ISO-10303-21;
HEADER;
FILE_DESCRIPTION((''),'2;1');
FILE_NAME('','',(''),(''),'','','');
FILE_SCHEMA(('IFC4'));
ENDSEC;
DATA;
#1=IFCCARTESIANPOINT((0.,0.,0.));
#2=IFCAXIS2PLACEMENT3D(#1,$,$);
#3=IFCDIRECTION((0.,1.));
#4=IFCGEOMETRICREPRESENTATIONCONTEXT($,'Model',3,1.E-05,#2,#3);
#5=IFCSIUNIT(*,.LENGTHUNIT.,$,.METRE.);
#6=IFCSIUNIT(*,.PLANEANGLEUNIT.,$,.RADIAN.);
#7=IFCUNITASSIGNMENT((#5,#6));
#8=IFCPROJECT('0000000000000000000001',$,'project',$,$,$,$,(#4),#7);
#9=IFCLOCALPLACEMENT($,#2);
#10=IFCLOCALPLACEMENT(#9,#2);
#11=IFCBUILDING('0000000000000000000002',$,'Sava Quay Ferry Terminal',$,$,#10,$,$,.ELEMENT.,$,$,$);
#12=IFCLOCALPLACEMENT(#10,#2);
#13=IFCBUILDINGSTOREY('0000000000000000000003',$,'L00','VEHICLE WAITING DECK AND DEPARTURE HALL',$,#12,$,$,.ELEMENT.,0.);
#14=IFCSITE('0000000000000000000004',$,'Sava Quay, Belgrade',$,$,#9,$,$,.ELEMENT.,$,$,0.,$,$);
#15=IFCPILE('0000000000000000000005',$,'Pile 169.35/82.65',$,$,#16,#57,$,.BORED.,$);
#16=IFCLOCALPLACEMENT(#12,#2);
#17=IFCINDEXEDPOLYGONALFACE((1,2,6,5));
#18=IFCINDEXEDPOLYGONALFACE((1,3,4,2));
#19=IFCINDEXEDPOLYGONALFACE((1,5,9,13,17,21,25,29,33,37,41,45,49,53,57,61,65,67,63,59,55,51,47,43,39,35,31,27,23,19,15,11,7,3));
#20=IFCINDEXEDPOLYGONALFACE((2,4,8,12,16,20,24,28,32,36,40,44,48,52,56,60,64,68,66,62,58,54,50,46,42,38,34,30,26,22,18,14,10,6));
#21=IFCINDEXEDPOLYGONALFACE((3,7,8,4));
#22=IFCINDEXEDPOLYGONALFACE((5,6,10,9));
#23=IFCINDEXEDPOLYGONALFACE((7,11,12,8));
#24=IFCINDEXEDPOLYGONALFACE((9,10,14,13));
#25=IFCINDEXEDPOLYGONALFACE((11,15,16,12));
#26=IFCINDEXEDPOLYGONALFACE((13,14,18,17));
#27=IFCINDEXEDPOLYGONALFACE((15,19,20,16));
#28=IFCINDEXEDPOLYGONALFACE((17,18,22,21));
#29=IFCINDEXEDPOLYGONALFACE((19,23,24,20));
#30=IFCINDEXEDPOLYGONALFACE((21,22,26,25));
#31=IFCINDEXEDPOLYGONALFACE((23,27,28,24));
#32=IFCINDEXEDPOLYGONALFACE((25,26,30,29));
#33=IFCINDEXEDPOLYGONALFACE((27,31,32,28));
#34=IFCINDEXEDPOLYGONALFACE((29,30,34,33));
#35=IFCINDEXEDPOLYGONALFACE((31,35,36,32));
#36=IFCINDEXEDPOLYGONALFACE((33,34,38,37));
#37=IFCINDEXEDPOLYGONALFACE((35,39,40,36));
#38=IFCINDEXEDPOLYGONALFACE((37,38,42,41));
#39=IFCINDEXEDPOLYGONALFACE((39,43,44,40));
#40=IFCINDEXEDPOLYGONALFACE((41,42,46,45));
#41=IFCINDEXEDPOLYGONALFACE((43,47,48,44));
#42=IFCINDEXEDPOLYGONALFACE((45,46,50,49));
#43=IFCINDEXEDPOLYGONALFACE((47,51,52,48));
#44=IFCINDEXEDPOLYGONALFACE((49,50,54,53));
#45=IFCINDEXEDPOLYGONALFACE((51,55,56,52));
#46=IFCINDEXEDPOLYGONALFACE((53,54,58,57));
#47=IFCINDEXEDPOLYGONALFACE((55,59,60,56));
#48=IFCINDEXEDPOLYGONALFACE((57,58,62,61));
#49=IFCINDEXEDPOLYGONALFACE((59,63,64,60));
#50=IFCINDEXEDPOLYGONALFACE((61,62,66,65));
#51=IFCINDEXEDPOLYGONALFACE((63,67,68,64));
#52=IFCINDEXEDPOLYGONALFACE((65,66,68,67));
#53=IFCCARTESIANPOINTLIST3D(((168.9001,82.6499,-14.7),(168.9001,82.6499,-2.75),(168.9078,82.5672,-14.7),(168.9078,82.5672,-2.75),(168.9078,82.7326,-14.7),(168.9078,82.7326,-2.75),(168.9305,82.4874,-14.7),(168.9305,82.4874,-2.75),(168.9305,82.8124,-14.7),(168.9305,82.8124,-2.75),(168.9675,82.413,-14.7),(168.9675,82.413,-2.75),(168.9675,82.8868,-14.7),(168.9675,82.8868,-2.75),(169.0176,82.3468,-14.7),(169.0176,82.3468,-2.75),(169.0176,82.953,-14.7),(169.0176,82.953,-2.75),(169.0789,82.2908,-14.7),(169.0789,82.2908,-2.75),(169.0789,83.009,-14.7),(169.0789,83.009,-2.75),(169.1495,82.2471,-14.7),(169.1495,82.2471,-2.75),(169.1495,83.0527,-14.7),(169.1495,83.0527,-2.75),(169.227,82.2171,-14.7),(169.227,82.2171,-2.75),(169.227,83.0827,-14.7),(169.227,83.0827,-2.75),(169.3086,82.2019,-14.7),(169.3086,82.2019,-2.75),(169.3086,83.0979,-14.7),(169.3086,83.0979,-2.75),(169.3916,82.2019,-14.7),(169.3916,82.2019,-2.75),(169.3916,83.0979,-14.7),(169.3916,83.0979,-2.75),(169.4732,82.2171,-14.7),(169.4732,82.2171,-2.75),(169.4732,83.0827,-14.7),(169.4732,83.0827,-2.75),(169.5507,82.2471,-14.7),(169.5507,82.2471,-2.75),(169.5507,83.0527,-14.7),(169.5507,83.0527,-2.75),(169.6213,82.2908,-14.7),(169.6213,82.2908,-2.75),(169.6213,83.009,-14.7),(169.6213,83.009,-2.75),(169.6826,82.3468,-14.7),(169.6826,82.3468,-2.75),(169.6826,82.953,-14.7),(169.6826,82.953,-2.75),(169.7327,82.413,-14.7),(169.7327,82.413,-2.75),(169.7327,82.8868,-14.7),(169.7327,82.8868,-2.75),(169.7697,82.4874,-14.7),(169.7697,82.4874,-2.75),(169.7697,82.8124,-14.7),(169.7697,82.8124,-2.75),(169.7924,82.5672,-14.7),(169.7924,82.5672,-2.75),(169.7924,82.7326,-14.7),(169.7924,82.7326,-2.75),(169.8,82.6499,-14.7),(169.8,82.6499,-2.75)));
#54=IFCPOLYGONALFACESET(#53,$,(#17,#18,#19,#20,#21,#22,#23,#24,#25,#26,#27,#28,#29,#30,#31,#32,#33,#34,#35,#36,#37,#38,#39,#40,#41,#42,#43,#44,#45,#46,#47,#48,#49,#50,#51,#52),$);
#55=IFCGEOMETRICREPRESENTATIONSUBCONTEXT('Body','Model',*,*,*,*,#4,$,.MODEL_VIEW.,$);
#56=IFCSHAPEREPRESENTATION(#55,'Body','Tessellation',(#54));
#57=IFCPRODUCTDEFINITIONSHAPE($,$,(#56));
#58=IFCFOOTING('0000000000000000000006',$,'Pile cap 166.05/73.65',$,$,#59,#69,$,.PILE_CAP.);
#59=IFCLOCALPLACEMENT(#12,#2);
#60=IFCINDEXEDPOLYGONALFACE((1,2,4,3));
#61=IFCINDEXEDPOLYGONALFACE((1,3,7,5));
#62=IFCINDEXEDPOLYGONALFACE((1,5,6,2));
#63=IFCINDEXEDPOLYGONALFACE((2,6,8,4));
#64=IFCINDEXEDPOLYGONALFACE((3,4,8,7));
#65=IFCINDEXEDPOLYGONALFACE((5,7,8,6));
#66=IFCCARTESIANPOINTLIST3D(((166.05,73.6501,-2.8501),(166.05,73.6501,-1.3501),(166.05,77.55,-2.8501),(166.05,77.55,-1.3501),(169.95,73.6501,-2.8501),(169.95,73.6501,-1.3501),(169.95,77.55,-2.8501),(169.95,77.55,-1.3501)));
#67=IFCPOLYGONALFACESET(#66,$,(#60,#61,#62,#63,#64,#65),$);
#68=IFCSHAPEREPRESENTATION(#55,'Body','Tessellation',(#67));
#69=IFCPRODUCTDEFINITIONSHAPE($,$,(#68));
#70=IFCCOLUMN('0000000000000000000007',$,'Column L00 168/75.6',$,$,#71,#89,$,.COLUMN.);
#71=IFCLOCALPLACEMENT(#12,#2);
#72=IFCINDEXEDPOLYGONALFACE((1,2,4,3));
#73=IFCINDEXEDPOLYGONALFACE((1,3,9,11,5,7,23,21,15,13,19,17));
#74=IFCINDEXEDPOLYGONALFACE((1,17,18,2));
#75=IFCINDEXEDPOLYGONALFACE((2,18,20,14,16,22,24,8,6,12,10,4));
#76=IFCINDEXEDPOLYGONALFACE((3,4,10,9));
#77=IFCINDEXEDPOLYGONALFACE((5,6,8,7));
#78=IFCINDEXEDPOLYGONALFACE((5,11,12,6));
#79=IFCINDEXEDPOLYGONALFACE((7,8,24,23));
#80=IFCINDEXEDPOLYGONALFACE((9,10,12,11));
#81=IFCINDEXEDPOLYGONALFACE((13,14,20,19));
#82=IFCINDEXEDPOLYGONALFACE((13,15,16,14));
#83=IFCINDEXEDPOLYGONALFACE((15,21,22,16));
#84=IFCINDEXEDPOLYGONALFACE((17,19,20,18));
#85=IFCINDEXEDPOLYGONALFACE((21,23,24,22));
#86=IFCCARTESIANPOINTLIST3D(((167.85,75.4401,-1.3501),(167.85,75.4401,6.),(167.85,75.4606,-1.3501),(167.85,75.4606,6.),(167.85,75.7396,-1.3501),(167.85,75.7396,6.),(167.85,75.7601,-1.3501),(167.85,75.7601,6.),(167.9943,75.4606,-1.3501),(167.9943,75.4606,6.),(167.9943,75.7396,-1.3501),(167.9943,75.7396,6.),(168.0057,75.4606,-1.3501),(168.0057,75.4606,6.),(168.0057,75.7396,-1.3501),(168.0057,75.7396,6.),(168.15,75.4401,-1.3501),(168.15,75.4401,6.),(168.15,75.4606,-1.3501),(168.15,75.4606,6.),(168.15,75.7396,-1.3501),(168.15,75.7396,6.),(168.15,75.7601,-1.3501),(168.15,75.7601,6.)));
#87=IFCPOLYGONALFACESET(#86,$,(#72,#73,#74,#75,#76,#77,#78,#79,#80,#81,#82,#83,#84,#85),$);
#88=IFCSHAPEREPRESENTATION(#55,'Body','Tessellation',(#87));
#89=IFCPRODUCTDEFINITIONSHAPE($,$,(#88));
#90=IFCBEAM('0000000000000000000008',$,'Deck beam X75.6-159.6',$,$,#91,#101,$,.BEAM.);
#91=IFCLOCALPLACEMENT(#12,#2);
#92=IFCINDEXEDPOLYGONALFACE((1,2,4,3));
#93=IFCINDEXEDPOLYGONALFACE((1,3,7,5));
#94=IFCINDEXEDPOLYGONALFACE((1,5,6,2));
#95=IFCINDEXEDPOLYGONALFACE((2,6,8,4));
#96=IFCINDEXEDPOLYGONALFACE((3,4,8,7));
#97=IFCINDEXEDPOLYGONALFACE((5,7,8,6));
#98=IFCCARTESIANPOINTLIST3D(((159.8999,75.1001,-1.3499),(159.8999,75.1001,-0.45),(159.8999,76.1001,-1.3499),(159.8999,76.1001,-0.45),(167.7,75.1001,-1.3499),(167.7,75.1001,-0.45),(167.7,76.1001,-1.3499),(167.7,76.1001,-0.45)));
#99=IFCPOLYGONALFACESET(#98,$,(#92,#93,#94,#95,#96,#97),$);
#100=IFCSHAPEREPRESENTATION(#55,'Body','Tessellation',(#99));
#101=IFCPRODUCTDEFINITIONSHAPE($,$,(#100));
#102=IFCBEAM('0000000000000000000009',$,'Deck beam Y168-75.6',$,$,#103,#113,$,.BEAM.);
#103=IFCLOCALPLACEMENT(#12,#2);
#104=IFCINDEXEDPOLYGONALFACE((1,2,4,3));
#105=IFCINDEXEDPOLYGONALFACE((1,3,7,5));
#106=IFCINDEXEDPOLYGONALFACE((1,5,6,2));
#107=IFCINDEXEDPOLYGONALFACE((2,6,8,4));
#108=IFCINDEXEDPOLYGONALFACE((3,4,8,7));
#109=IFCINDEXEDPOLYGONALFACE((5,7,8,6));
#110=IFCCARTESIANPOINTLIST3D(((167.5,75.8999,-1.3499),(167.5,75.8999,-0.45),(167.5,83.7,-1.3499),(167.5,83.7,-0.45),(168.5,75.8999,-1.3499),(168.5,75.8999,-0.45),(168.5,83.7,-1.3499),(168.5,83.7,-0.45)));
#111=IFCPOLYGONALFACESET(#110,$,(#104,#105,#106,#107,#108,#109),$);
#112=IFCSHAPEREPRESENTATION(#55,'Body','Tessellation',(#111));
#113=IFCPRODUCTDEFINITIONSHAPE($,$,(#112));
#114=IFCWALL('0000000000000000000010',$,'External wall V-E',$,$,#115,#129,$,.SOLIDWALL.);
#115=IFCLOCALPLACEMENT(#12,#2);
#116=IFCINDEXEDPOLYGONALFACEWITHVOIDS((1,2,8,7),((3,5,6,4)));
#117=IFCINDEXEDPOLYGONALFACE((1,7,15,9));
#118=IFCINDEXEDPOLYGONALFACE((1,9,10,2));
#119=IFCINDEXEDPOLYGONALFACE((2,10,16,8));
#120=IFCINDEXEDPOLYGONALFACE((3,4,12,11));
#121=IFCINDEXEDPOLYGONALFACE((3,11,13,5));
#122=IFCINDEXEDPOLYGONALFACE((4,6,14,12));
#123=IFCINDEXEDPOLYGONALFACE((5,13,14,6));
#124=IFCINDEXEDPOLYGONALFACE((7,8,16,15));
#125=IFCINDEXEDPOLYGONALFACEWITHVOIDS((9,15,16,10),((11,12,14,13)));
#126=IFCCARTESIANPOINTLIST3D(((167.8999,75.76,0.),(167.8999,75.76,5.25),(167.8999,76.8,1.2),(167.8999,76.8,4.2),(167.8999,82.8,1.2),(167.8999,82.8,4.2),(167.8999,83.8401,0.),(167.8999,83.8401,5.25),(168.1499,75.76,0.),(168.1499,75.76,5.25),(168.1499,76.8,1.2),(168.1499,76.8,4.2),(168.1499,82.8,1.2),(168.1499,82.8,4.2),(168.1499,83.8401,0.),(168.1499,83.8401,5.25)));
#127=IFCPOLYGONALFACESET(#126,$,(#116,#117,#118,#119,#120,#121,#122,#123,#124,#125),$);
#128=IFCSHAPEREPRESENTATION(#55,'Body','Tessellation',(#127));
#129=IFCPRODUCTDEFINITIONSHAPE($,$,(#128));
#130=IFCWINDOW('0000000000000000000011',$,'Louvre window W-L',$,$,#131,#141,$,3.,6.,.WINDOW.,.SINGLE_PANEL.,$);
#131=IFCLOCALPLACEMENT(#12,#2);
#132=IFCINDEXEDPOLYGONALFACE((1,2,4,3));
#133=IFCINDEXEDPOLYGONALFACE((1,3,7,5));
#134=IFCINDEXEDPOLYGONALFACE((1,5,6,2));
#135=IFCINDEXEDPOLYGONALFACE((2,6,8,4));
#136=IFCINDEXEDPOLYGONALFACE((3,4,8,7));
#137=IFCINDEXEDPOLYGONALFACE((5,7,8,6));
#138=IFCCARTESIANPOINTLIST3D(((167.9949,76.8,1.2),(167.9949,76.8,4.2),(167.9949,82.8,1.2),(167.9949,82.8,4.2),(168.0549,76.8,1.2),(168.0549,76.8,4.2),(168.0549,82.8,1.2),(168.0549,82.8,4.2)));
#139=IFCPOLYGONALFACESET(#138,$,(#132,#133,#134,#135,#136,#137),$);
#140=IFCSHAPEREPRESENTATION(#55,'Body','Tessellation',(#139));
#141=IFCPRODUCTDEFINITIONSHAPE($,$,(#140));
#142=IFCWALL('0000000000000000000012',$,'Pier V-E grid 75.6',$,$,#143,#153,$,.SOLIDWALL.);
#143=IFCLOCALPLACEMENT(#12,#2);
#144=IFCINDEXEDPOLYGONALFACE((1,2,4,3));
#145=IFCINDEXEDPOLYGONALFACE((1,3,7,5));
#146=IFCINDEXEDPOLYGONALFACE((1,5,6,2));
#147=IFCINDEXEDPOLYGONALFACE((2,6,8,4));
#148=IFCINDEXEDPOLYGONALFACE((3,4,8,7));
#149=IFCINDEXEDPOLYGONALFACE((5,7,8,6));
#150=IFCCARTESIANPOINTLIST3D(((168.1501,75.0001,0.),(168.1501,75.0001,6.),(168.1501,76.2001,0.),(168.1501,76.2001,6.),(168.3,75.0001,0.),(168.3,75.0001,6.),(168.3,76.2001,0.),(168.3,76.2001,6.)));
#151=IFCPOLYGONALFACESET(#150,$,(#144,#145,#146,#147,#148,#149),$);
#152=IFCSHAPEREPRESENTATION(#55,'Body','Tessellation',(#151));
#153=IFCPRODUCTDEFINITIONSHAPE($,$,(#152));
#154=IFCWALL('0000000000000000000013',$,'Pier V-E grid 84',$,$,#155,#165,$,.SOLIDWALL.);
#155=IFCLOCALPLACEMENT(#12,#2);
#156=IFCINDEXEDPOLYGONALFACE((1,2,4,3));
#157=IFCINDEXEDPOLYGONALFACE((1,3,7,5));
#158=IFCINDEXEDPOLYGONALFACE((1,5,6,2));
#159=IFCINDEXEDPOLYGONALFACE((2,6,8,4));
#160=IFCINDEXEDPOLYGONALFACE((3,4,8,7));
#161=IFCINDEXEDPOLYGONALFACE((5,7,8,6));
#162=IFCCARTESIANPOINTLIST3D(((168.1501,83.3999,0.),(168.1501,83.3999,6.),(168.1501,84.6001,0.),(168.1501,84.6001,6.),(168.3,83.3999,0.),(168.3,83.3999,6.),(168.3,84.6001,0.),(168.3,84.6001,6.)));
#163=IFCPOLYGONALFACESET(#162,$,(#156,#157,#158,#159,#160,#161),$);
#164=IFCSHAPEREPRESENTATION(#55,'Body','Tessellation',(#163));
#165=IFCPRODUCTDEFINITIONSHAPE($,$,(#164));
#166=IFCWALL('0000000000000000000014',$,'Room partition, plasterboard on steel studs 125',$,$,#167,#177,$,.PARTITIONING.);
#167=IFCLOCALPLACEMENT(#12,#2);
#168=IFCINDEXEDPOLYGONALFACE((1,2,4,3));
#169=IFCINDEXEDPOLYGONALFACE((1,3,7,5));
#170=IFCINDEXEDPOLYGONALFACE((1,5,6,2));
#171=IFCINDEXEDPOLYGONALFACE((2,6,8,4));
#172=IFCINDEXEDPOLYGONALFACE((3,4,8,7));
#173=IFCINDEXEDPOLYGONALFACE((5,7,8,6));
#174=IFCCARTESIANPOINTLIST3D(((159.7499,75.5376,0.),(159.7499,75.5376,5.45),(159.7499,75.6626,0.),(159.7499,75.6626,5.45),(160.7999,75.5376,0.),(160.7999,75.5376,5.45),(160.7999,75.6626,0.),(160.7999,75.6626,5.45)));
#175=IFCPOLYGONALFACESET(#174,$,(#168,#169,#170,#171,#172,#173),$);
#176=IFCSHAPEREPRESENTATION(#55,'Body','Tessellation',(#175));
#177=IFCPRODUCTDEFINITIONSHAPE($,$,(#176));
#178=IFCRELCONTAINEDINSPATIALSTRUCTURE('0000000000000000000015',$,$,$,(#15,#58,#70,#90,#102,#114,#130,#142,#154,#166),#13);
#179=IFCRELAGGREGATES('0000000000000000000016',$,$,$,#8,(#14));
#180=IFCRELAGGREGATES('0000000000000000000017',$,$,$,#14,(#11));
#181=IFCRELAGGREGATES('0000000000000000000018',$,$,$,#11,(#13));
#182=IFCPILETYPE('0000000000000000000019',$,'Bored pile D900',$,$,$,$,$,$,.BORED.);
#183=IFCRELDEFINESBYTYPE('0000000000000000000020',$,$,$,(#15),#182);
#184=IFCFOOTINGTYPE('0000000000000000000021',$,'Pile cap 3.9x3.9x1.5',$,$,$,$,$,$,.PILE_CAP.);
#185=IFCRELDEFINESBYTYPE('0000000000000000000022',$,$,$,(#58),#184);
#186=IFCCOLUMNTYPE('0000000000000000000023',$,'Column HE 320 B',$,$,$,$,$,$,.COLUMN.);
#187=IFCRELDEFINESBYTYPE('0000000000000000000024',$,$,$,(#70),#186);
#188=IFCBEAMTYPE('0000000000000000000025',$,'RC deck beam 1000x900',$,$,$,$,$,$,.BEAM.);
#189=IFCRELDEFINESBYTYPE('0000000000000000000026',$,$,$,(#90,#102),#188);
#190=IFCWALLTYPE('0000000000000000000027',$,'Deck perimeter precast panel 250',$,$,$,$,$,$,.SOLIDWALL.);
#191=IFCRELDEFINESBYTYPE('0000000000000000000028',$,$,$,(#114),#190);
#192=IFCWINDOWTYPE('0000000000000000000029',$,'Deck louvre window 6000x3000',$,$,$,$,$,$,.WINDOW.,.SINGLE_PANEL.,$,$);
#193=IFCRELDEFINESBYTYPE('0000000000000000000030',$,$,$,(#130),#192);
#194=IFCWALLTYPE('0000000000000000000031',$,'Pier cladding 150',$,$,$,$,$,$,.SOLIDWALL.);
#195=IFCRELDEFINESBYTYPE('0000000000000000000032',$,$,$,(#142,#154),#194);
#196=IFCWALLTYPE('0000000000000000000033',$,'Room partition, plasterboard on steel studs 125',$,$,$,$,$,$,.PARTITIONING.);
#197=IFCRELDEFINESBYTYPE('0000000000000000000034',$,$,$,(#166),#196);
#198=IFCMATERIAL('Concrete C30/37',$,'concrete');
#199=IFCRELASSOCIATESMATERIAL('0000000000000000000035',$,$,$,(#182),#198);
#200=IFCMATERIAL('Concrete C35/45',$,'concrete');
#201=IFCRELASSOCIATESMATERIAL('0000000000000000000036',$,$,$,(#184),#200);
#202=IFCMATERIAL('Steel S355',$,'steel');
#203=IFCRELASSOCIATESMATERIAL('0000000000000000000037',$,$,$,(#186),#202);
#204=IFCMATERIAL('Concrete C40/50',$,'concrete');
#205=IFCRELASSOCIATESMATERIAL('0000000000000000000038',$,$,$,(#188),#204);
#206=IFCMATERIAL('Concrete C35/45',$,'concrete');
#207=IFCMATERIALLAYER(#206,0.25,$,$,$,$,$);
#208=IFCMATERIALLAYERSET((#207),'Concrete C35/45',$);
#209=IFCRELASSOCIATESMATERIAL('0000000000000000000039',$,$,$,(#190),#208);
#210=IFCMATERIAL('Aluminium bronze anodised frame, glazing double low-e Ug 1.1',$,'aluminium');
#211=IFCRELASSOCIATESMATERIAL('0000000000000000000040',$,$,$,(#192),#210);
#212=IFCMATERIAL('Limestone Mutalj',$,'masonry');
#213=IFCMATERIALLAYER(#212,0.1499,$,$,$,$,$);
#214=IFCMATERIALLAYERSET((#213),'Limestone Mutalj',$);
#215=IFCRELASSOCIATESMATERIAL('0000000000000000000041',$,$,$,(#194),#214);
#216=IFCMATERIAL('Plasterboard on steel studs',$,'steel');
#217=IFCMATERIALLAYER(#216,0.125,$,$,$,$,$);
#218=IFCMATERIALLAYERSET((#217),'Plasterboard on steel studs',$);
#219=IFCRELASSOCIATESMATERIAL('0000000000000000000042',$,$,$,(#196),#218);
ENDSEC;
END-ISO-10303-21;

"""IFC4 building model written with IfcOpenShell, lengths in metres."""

from ifc_helpers import new_model, si_unit, direction, frame, frame_2d, origin, origin_2d, place, context, subcontext, project, spatial, rectangle, circle, i_section, extrude, material, layer, layer_set, material_profile, profile_set, type_object, element, fill, save


model = new_model("IFC4")

# Units and contexts
model_context = context("Model", 3, precision=1e-05, world=origin(), true_north=direction((0.0, 1.0)))
body_context = subcontext(model_context, "Body", "Model", "MODEL_VIEW")
ifc_project = project(units=[si_unit("LENGTHUNIT", "METRE"), si_unit("PLANEANGLEUNIT", "RADIAN")], contexts=[model_context])

# Site, building, storey
site_placement = place(None, origin())
site = spatial("IfcSite", under=ifc_project, at=site_placement, Name="Sava Quay, Belgrade", CompositionType="ELEMENT", RefElevation=0.0)
building_placement = place(site_placement, origin())
building = spatial("IfcBuilding", under=site, at=building_placement, Name="Sava Quay Ferry Terminal", CompositionType="ELEMENT")
storey_placement = place(building_placement, origin())
storey = spatial("IfcBuildingStorey", under=building, at=storey_placement, Name="L00", Description="VEHICLE WAITING DECK AND DEPARTURE HALL", CompositionType="ELEMENT", Elevation=0.0)

# Pile
ifc_material_1 = material(Name="Concrete C30/37", Category="concrete")
ifc_material_profile_1 = material_profile(ifc_material_1, circle(Radius=0.45, at=origin_2d()), Name="Bored pile D900")
ifc_profile_set_1 = profile_set([ifc_material_profile_1], Name="Concrete C30/37")
pile_type = type_object("IfcPileType", Name="Bored pile D900", PredefinedType="BORED", material=ifc_profile_set_1)
for number, where, z_axis, x_axis, name in (
    (1, (169.3501, 82.6499, -2.75), (0.0, 0.0, -1.0), (1.0, 0.0, 0.0), "Pile 169.35/82.65"),
):
    element("IfcPile", number, at=place(storey_placement, frame(where, z_axis=z_axis, x_axis=x_axis)), inside=storey, type_object=pile_type, Name=name, PredefinedType="BORED", context=body_context, shape_type="SweptSolid", body=[
        extrude(circle(Radius=0.45, at=origin_2d()), origin(), (0.0, 0.0, 1.0), 11.95),
    ])

# Footing
ifc_material_2 = material(Name="Concrete C35/45", Category="concrete")
footing_type = type_object("IfcFootingType", Name="Pile cap 3.9x3.9x1.5", PredefinedType="PILE_CAP", material=ifc_material_2)
footing_placement = place(storey_placement, frame((168.0, 75.6001, -2.8501), z_axis=(0.0, 0.0, 1.0), x_axis=(1.0, 0.0, 0.0)))
element("IfcFooting", 2, at=footing_placement, inside=storey, type_object=footing_type, Name="Pile cap 166.05/73.65", PredefinedType="PILE_CAP", context=body_context, shape_type="SweptSolid", body=[
    extrude(rectangle(XDim=3.8999, YDim=3.8999, at=origin_2d()), origin(), (0.0, 0.0, 1.0), 1.5),
])

# Column
ifc_material_3 = material(Name="Steel S355", Category="steel")
ifc_material_profile_2 = material_profile(ifc_material_3, i_section(OverallWidth=0.3, OverallDepth=0.3201, WebThickness=0.0115, FlangeThickness=0.0205, at=origin_2d()), Name="HE 320 B")
ifc_profile_set_2 = profile_set([ifc_material_profile_2], Name="Steel S355")
column_type = type_object("IfcColumnType", Name="Column HE 320 B", PredefinedType="COLUMN", material=ifc_profile_set_2)
column_placement = place(storey_placement, frame((168.0, 75.6001, -1.3501), z_axis=(0.0, 0.0, 1.0), x_axis=(1.0, 0.0, 0.0)))
element("IfcColumn", 3, at=column_placement, inside=storey, type_object=column_type, Name="Column L00 168/75.6", PredefinedType="COLUMN", context=body_context, shape_type="SweptSolid", body=[
    extrude(i_section(OverallWidth=0.3, OverallDepth=0.3201, WebThickness=0.0115, FlangeThickness=0.0205, at=origin_2d()), origin(), (0.0, 0.0, 1.0), 7.3501),
])

# Beams
ifc_material_4 = material(Name="Concrete C40/50", Category="concrete")
ifc_material_profile_3 = material_profile(ifc_material_4, rectangle(XDim=1.0, YDim=0.8999, at=origin_2d()), Name="RC 1000x900")
ifc_profile_set_3 = profile_set([ifc_material_profile_3], Name="Concrete C40/50")
beam_type = type_object("IfcBeamType", Name="RC deck beam 1000x900", PredefinedType="BEAM", material=ifc_profile_set_3)
for number, where, z_axis, x_axis, name in (
    (4, (159.8999, 75.6001, -0.8999), (1.0, 0.0, 0.0), (0.0, 1.0, 0.0), "Deck beam X75.6-159.6"),
    (5, (168.0, 75.8999, -0.8999), (0.0, 1.0, 0.0), (-1.0, 0.0, 0.0), "Deck beam Y168-75.6"),
):
    element("IfcBeam", number, at=place(storey_placement, frame(where, z_axis=z_axis, x_axis=x_axis)), inside=storey, type_object=beam_type, Name=name, PredefinedType="BEAM", context=body_context, shape_type="SweptSolid", body=[
        extrude(rectangle(XDim=1.0, YDim=0.8999, at=origin_2d()), origin(), (0.0, 0.0, 1.0), 7.8),
    ])

# Wall, opening, window
ifc_material_5 = material(Name="Concrete C35/45", Category="concrete")
ifc_layer_1 = layer(ifc_material_5, 0.25)
ifc_layer_set_1 = layer_set([ifc_layer_1], Name="Concrete C35/45")
wall_type_1 = type_object("IfcWallType", Name="Deck perimeter precast panel 250", PredefinedType="SOLIDWALL", material=ifc_layer_set_1)
wall_1_placement = place(storey_placement, frame((168.0249, 75.76, 0.0), z_axis=(0.0, 0.0, 1.0), x_axis=(0.0, 1.0, 0.0)))
wall_1 = element("IfcWall", 6, at=wall_1_placement, inside=storey, type_object=wall_type_1, Name="External wall V-E", PredefinedType="SOLIDWALL", context=body_context, shape_type="SweptSolid", body=[
    extrude(rectangle(XDim=8.0801, YDim=0.25, at=frame_2d((4.04, 0.0))), origin(), (0.0, 0.0, 1.0), 5.25),
])
opening_1_placement = place(wall_1_placement, frame((1.04, 0.0, 1.2)))
opening_1 = element("IfcOpeningElement", 7, at=opening_1_placement, cuts=wall_1, PredefinedType="OPENING", context=body_context, shape_type="SweptSolid", body=[
    extrude(rectangle(XDim=6.0, YDim=3.0, at=frame_2d((3.0, 1.5))), frame((0.0, 0.125, 0.0), z_axis=(0.0, -1.0, 0.0), x_axis=(1.0, 0.0, 0.0)), (0.0, 0.0, 1.0), 0.25),
])
ifc_material_6 = material(Name="Aluminium bronze anodised frame, glazing double low-e Ug 1.1", Category="aluminium")
window_type = type_object("IfcWindowType", Name="Deck louvre window 6000x3000", PartitioningType="SINGLE_PANEL", PredefinedType="WINDOW", material=ifc_material_6)
window_placement = place(opening_1_placement, origin())
window = element("IfcWindow", 8, at=window_placement, inside=storey, type_object=window_type, Name="Louvre window W-L", OverallHeight=3.0, OverallWidth=6.0, PartitioningType="SINGLE_PANEL", PredefinedType="WINDOW", context=body_context, shape_type="SweptSolid", body=[
    extrude(rectangle(XDim=6.0, YDim=3.0, at=frame_2d((3.0, 1.5))), frame((0.0, 0.03, 0.0), z_axis=(0.0, -1.0, 0.0), x_axis=(1.0, 0.0, 0.0)), (0.0, 0.0, 1.0), 0.0601),
])
fill(opening_1, window)

# Walls
ifc_material_7 = material(Name="Limestone Mutalj", Category="masonry")
ifc_layer_2 = layer(ifc_material_7, 0.1499)
ifc_layer_set_2 = layer_set([ifc_layer_2], Name="Limestone Mutalj")
wall_type_2 = type_object("IfcWallType", Name="Pier cladding 150", PredefinedType="SOLIDWALL", material=ifc_layer_set_2)
wall_2_placement = place(storey_placement, frame((168.2251, 75.0, 0.0), z_axis=(0.0, 0.0, 1.0), x_axis=(0.0, 1.0, 0.0)))
element("IfcWall", 9, at=wall_2_placement, inside=storey, type_object=wall_type_2, Name="Pier V-E grid 75.6", PredefinedType="SOLIDWALL", context=body_context, shape_type="SweptSolid", body=[
    extrude(rectangle(XDim=1.2, YDim=0.1499, at=frame_2d((0.6001, 0.0))), origin(), (0.0, 0.0, 1.0), 6.0),
])
wall_3_placement = place(storey_placement, frame((168.2251, 83.3999, 0.0), z_axis=(0.0, 0.0, 1.0), x_axis=(0.0, 1.0, 0.0)))
element("IfcWall", 10, at=wall_3_placement, inside=storey, type_object=wall_type_2, Name="Pier V-E grid 84", PredefinedType="SOLIDWALL", context=body_context, shape_type="SweptSolid", body=[
    extrude(rectangle(XDim=1.2002, YDim=0.1499, at=frame_2d((0.6001, 0.0))), origin(), (0.0, 0.0, 1.0), 6.0),
])
ifc_material_8 = material(Name="Plasterboard on steel studs", Category="steel")
ifc_layer_3 = layer(ifc_material_8, 0.125)
ifc_layer_set_3 = layer_set([ifc_layer_3], Name="Plasterboard on steel studs")
wall_type_3 = type_object("IfcWallType", Name="Room partition, plasterboard on steel studs 125", PredefinedType="PARTITIONING", material=ifc_layer_set_3)
wall_4_placement = place(storey_placement, frame((159.75, 75.6001, 0.0), z_axis=(0.0, 0.0, 1.0), x_axis=(1.0, 0.0, 0.0)))
element("IfcWall", 11, at=wall_4_placement, inside=storey, type_object=wall_type_3, Name="Room partition, plasterboard on steel studs 125", PredefinedType="PARTITIONING", context=body_context, shape_type="SweptSolid", body=[
    extrude(rectangle(XDim=1.05, YDim=0.125, at=frame_2d((0.5249, 0.0))), origin(), (0.0, 0.0, 1.0), 5.45),
])

save(model, "model.ifc")
